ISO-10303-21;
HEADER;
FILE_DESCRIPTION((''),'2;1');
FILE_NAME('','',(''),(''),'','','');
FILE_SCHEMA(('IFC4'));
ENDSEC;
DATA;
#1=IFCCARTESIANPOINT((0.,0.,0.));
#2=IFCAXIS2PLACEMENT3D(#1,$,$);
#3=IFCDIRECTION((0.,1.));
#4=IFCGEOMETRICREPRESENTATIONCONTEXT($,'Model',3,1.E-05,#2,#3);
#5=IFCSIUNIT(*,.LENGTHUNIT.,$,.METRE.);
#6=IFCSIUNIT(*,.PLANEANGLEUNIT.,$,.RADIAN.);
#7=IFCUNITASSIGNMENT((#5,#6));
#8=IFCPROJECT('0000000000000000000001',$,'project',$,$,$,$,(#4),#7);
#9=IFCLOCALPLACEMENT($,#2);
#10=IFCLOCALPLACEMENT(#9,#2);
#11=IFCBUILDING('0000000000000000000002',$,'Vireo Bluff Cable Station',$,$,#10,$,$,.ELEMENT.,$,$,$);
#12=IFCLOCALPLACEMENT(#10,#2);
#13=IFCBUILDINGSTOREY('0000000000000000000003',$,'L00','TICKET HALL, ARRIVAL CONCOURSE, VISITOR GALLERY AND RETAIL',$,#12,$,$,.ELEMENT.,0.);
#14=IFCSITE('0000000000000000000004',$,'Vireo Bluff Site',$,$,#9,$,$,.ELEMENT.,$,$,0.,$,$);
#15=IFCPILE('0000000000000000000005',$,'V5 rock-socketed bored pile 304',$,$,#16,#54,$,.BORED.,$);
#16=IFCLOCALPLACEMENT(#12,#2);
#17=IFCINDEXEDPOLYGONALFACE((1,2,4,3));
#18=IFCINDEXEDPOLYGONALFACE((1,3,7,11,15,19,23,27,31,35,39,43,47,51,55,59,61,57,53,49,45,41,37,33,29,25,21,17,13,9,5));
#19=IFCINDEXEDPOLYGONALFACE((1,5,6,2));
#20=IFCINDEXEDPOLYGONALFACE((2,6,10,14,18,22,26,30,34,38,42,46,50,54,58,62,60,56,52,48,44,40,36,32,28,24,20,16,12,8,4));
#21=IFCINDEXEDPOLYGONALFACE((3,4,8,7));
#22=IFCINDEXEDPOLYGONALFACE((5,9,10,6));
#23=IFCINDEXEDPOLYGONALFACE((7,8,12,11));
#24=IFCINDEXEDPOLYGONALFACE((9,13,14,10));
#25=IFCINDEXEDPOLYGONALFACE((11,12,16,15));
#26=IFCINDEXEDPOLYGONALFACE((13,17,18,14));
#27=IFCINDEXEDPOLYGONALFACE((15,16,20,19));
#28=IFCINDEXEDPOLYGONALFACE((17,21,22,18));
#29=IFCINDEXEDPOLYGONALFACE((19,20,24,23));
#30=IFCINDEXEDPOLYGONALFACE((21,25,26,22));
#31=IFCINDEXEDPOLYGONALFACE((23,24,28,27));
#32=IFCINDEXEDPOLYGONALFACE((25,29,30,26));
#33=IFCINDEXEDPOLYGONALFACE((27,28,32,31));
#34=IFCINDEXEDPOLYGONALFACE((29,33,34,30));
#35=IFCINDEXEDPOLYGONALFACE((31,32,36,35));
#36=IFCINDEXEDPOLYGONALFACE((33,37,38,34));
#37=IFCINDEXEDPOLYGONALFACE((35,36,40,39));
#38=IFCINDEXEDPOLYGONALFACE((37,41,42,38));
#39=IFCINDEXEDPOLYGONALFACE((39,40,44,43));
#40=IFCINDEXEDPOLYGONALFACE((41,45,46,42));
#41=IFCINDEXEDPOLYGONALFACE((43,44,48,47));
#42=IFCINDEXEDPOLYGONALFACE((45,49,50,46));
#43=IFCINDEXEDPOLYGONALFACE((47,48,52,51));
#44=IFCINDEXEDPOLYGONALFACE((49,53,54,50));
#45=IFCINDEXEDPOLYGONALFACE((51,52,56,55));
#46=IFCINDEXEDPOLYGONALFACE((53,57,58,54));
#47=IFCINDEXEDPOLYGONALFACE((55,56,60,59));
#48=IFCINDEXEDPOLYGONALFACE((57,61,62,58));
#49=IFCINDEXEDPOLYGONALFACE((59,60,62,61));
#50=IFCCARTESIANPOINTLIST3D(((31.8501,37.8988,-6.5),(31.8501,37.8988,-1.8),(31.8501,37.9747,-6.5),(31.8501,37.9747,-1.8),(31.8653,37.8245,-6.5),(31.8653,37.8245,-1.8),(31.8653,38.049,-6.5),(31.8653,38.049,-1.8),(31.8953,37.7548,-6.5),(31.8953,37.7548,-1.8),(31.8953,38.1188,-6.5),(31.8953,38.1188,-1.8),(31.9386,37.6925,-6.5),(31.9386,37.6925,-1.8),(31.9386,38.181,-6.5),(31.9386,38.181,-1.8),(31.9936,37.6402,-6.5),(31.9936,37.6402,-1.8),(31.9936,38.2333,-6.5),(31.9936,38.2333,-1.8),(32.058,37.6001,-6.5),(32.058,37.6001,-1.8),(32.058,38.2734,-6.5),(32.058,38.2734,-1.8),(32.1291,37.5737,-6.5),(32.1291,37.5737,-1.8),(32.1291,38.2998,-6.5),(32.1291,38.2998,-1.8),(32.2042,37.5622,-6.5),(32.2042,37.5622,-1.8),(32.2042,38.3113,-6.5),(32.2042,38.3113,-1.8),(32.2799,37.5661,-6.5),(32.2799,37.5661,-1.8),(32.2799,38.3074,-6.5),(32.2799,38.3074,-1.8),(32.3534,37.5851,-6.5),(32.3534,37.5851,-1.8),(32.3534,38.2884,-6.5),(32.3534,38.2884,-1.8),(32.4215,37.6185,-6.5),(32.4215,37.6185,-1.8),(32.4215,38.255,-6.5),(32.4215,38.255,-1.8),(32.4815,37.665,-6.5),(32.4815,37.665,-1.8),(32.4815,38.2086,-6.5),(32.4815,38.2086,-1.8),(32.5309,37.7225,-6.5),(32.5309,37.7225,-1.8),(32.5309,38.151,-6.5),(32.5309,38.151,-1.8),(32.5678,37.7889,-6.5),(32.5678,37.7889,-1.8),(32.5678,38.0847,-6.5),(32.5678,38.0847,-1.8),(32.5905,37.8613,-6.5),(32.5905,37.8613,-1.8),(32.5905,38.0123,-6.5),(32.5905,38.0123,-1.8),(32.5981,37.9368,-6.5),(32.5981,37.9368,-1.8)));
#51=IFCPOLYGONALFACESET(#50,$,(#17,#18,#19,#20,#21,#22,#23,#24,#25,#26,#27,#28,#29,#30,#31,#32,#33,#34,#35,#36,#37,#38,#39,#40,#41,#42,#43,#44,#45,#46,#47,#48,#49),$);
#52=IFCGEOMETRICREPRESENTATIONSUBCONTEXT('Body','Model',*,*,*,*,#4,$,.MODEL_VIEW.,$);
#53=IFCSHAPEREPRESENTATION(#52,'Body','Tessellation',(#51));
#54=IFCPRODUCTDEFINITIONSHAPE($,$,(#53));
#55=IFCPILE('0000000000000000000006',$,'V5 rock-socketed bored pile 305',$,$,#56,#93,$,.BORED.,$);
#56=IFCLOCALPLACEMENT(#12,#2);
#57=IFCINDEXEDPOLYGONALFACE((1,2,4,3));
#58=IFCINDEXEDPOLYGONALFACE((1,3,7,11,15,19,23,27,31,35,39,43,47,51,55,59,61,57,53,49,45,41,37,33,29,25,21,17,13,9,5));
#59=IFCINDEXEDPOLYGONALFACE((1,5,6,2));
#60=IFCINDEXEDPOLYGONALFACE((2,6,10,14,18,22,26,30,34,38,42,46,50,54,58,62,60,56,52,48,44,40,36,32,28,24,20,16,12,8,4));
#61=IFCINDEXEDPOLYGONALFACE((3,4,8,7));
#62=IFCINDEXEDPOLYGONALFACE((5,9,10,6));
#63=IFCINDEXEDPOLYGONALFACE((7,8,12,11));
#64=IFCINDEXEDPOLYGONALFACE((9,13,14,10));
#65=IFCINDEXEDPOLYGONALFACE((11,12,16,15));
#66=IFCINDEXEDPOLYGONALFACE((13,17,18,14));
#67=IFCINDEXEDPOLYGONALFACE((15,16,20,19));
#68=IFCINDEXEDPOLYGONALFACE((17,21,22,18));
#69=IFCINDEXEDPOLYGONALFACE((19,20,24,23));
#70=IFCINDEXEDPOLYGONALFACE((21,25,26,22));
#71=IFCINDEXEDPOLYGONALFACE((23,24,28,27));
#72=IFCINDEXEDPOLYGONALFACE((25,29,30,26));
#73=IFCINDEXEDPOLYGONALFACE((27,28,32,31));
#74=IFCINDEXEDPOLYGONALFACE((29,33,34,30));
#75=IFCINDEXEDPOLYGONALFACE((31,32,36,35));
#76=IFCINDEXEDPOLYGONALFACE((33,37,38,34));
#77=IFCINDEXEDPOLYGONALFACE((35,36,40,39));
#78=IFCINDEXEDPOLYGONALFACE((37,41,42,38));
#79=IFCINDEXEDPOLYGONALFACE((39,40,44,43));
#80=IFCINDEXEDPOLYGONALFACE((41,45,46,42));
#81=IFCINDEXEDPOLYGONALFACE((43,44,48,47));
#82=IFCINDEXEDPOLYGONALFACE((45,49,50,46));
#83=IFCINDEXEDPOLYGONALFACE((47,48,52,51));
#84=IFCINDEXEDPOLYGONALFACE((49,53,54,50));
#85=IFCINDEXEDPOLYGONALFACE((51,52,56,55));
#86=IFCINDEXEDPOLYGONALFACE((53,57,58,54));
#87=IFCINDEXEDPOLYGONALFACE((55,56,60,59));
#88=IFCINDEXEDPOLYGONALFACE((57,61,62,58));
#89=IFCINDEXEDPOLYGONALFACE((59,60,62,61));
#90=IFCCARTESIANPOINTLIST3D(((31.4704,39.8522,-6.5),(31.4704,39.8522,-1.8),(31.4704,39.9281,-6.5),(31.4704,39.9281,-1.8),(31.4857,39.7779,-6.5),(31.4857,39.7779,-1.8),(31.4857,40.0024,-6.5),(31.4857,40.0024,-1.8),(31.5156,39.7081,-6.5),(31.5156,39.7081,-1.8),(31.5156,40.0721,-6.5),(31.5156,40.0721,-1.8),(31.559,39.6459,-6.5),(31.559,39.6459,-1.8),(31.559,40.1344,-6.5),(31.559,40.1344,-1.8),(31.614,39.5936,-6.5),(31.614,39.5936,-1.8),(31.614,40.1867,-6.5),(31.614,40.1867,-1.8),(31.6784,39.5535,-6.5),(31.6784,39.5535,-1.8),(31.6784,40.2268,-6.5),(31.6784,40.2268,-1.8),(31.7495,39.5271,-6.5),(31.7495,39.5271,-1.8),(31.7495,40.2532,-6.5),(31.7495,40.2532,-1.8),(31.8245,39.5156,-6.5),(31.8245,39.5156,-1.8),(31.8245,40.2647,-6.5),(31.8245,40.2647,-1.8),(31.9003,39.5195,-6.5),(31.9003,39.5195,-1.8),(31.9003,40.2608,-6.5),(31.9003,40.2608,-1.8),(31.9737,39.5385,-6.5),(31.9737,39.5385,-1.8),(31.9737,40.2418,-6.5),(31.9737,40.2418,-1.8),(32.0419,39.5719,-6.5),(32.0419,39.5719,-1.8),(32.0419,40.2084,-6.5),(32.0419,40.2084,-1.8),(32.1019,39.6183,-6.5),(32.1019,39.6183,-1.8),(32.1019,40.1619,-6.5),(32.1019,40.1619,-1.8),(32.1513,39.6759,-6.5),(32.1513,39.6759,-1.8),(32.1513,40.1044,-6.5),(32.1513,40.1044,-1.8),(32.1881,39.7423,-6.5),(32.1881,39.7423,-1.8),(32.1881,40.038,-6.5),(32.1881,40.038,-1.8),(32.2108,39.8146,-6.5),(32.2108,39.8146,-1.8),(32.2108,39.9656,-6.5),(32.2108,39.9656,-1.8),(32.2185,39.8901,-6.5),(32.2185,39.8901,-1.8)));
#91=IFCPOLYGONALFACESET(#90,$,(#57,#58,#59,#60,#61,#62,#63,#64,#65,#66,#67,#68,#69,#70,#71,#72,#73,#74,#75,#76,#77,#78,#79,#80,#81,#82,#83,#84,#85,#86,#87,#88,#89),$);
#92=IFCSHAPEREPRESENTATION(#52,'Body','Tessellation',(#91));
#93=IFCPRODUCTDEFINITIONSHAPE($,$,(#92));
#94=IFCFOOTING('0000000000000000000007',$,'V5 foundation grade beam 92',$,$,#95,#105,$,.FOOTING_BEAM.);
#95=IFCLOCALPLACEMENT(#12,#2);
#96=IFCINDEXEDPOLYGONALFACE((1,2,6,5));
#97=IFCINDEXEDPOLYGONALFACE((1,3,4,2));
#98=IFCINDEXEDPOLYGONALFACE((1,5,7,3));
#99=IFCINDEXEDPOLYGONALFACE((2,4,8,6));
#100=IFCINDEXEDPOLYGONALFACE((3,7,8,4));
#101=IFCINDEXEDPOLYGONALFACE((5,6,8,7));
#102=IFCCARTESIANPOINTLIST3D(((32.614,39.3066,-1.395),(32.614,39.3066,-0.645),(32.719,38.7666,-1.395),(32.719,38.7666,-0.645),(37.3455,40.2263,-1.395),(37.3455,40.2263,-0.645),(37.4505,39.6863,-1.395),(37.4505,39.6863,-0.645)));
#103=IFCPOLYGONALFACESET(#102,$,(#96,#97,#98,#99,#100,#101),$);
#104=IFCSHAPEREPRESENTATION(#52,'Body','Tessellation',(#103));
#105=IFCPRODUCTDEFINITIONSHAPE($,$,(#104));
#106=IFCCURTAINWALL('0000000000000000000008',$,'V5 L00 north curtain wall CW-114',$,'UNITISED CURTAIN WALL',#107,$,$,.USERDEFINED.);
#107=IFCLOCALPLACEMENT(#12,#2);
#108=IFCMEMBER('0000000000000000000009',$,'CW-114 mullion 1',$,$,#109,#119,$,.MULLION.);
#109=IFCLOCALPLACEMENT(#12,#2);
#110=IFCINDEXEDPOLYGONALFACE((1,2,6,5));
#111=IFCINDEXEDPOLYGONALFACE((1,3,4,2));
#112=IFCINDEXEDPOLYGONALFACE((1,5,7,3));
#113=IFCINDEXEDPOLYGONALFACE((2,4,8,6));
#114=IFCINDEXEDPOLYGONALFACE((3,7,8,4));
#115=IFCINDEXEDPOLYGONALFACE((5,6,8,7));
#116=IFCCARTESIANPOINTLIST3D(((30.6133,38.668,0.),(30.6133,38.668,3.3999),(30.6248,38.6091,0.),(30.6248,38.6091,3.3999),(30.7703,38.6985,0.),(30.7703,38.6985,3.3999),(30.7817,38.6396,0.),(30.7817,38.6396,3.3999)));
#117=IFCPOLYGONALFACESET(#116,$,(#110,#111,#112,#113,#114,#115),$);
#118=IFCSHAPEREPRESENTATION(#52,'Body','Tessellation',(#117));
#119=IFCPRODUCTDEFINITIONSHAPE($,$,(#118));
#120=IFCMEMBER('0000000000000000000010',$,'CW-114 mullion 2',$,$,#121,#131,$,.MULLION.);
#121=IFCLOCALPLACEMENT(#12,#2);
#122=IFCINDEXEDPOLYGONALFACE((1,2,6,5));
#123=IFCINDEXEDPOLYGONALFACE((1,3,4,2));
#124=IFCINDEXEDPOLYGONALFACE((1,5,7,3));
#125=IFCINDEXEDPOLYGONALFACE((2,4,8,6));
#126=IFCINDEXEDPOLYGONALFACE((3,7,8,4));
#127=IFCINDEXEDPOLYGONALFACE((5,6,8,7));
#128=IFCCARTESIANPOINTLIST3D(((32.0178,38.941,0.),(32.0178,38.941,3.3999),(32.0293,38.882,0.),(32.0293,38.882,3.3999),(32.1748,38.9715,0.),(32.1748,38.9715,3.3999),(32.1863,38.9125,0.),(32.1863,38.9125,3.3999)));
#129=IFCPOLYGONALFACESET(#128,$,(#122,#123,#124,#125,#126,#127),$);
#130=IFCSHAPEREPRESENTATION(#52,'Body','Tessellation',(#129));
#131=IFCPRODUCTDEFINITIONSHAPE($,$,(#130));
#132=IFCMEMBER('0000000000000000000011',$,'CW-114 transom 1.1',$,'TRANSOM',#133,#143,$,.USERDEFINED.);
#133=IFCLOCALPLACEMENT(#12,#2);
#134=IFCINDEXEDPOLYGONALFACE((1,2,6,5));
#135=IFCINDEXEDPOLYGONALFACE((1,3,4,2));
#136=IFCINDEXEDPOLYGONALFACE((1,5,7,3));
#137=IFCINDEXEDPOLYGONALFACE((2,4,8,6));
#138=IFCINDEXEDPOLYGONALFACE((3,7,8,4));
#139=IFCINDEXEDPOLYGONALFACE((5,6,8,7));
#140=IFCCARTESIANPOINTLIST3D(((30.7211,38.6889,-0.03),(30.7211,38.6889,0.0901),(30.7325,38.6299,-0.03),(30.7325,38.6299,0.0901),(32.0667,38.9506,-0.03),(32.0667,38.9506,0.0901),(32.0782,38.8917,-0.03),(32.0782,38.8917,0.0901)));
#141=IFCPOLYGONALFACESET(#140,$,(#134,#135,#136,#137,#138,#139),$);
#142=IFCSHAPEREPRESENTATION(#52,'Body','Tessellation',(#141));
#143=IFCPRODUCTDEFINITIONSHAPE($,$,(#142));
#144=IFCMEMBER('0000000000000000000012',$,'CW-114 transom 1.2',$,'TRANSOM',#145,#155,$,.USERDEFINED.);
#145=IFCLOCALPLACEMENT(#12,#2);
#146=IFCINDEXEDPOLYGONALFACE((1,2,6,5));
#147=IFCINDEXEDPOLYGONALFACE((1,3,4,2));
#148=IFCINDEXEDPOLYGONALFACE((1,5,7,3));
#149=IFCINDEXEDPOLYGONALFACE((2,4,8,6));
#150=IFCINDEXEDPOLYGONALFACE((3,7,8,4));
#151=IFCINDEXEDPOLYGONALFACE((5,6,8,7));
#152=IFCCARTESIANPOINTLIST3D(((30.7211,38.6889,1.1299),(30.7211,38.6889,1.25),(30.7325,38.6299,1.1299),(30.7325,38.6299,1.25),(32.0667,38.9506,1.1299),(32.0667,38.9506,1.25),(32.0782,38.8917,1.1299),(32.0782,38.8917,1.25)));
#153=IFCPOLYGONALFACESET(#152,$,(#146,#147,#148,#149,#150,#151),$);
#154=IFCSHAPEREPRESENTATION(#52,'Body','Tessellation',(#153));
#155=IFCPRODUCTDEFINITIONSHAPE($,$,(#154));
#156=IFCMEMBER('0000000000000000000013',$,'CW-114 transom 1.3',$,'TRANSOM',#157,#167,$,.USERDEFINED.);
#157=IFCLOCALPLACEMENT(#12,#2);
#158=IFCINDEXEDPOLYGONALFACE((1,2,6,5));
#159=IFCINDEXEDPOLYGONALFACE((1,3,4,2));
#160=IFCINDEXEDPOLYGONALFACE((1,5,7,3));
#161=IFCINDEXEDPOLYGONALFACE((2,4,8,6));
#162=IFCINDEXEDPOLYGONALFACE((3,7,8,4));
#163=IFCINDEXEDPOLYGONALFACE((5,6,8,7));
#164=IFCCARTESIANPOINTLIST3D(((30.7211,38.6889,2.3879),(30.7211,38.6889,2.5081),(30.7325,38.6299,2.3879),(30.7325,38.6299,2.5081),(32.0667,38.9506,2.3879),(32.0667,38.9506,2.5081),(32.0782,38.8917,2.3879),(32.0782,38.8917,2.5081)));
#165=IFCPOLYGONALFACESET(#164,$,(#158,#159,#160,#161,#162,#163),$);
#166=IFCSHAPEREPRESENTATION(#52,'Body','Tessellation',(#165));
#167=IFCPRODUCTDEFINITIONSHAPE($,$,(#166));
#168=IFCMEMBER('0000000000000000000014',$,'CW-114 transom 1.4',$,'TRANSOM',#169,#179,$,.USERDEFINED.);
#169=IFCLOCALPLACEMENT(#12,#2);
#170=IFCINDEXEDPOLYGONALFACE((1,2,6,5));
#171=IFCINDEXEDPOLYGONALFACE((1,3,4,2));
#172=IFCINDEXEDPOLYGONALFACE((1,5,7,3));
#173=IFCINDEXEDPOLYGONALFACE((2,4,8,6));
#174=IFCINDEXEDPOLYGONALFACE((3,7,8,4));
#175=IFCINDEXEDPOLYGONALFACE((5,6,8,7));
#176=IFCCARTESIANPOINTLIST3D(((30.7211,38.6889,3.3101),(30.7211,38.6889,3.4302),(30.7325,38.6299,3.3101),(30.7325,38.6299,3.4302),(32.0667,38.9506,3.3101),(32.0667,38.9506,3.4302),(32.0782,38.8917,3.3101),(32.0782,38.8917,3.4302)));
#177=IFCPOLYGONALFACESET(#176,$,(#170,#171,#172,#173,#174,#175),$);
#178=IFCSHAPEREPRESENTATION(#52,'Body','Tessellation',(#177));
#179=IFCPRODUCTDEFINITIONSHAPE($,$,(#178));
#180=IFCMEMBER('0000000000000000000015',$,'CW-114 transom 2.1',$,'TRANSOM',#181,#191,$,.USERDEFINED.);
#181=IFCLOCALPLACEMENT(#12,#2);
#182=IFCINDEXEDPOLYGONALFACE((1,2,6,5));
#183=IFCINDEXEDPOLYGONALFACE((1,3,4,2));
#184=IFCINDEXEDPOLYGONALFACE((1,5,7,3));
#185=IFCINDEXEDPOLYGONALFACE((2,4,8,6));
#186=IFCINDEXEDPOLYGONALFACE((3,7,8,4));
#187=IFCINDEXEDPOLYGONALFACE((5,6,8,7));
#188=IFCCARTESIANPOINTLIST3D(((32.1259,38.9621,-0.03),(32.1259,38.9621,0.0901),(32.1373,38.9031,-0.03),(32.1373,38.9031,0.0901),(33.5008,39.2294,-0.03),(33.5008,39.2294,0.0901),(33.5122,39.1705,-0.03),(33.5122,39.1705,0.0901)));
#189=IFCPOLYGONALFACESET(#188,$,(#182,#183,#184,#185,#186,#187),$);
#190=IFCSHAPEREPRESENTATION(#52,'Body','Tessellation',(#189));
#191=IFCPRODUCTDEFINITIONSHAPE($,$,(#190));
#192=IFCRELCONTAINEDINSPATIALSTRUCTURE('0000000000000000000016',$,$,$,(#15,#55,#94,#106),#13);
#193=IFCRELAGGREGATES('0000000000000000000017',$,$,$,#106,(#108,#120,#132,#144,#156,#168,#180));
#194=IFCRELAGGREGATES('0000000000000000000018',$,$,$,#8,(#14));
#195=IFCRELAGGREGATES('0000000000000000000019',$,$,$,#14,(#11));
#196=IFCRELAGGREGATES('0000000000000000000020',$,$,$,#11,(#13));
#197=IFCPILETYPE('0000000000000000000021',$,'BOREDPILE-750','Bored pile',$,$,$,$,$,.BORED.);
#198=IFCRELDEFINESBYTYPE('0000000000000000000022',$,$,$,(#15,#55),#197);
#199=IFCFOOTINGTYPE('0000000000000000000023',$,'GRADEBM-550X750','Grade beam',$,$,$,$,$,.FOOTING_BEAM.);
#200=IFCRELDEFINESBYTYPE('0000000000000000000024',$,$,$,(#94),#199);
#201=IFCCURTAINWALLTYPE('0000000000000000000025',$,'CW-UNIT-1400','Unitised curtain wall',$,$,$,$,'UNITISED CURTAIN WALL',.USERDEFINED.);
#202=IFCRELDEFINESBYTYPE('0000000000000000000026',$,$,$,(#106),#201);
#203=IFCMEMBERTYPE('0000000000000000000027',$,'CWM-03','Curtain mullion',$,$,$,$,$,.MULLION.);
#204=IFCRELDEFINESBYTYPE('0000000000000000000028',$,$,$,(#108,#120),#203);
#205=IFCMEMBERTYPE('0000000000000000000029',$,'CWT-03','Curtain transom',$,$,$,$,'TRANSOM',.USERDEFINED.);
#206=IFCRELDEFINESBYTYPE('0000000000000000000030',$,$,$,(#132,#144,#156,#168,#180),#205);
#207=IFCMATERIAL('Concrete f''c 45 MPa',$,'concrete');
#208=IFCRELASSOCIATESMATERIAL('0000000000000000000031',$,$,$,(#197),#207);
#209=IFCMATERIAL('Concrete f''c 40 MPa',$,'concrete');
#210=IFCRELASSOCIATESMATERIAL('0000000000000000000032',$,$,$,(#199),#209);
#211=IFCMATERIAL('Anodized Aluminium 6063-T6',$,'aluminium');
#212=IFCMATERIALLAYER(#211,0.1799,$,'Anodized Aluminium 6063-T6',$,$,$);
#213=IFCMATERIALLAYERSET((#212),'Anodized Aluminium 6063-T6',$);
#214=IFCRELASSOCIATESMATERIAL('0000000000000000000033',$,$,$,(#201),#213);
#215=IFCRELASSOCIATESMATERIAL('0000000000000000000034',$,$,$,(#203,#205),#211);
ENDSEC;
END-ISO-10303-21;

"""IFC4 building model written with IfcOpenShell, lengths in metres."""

from ifc_helpers import new_model, si_unit, direction, frame, origin, origin_2d, place, context, subcontext, project, spatial, rectangle, circle, extrude, material, layer, layer_set, material_profile, profile_set, type_object, element, aggregate, save


model = new_model("IFC4")

# Units and contexts
model_context = context("Model", 3, precision=1e-05, world=origin(), true_north=direction((0.0, 1.0)))
body_context = subcontext(model_context, "Body", "Model", "MODEL_VIEW")
ifc_project = project(units=[si_unit("LENGTHUNIT", "METRE"), si_unit("PLANEANGLEUNIT", "RADIAN")], contexts=[model_context])

# Site, building, storey
site_placement = place(None, origin())
site = spatial("IfcSite", under=ifc_project, at=site_placement, Name="Vireo Bluff Site", CompositionType="ELEMENT", RefElevation=0.0)
building_placement = place(site_placement, origin())
building = spatial("IfcBuilding", under=site, at=building_placement, Name="Vireo Bluff Cable Station", CompositionType="ELEMENT")
storey_placement = place(building_placement, origin())
storey = spatial("IfcBuildingStorey", under=building, at=storey_placement, Name="L00", Description="TICKET HALL, ARRIVAL CONCOURSE, VISITOR GALLERY AND RETAIL", CompositionType="ELEMENT", Elevation=0.0)

# Piles
ifc_material_1 = material(Name="Concrete f'c 45 MPa", Category="concrete")
ifc_material_profile_1 = material_profile(ifc_material_1, circle(Radius=0.375, at=origin_2d()), Name="BOREDPILE-750")
ifc_profile_set_1 = profile_set([ifc_material_profile_1], Name="Concrete f'c 45 MPa")
pile_type = type_object("IfcPileType", Name="BOREDPILE-750", Description="Bored pile", PredefinedType="BORED", material=ifc_profile_set_1)
for number, where, z_axis, x_axis, name in (
    (1, (32.2231, 37.9368, -1.8), (0.0, 0.0, -1.0), (1.0, 0.0, 0.0), "V5 rock-socketed bored pile 304"),
    (2, (31.8435, 39.8901, -1.8), (0.0, 0.0, -1.0), (1.0, 0.0, 0.0), "V5 rock-socketed bored pile 305"),
):
    element("IfcPile", number, at=place(storey_placement, frame(where, z_axis=z_axis, x_axis=x_axis)), inside=storey, type_object=pile_type, Name=name, PredefinedType="BORED", context=body_context, shape_type="SweptSolid", body=[
        extrude(circle(Radius=0.375, at=origin_2d()), origin(), (0.0, 0.0, 1.0), 4.7),
    ])

# Footing
ifc_material_2 = material(Name="Concrete f'c 40 MPa", Category="concrete")
ifc_material_profile_2 = material_profile(ifc_material_2, rectangle(XDim=0.55, YDim=0.75, at=origin_2d()), Name="GRADEBM-550X750")
ifc_profile_set_2 = profile_set([ifc_material_profile_2], Name="Concrete f'c 40 MPa")
footing_type = type_object("IfcFootingType", Name="GRADEBM-550X750", Description="Grade beam", PredefinedType="FOOTING_BEAM", material=ifc_profile_set_2)
footing_placement = place(storey_placement, frame((32.6665, 39.0366, -1.02), z_axis=(0.981628, 0.190805, 0.0), x_axis=(-0.190805, 0.981628, 0.0)))
element("IfcFooting", 3, at=footing_placement, inside=storey, type_object=footing_type, Name="V5 foundation grade beam 92", PredefinedType="FOOTING_BEAM", context=body_context, shape_type="SweptSolid", body=[
    extrude(rectangle(XDim=0.55, YDim=0.75, at=origin_2d()), origin(), (0.0, 0.0, 1.0), 4.8201),
])

# Curtain wall, members
ifc_material_3 = material(Name="Anodized Aluminium 6063-T6", Category="aluminium")
ifc_layer_1 = layer(ifc_material_3, 0.1799, Name="Anodized Aluminium 6063-T6")
ifc_layer_set_1 = layer_set([ifc_layer_1], Name="Anodized Aluminium 6063-T6")
curtain_wall_type = type_object("IfcCurtainWallType", Name="CW-UNIT-1400", Description="Unitised curtain wall", ElementType="UNITISED CURTAIN WALL", PredefinedType="USERDEFINED", material=ifc_layer_set_1)
curtain_wall_placement = place(storey_placement, origin())
curtain_wall = element("IfcCurtainWall", 4, at=curtain_wall_placement, inside=storey, type_object=curtain_wall_type, Name="V5 L00 north curtain wall CW-114", ObjectType="UNITISED CURTAIN WALL", PredefinedType="USERDEFINED")
ifc_material_profile_3 = material_profile(ifc_material_3, rectangle(XDim=0.0601, YDim=0.1599, at=origin_2d()), Name="ALU-M-60X160")
ifc_profile_set_3 = profile_set([ifc_material_profile_3], Name="Anodized Aluminium 6063-T6")
member_type_1 = type_object("IfcMemberType", Name="CWM-03", Description="Curtain mullion", PredefinedType="MULLION", material=ifc_profile_set_3)
member_1_placement = place(storey_placement, frame((30.6975, 38.6538, 0.0), z_axis=(0.0, 0.0, 1.0), x_axis=(-0.190809, 0.981627, 0.0)))
member_1 = element("IfcMember", 5, at=member_1_placement, type_object=member_type_1, Name="CW-114 mullion 1", PredefinedType="MULLION", context=body_context, shape_type="SweptSolid", body=[
    extrude(rectangle(XDim=0.0601, YDim=0.1599, at=origin_2d()), origin(), (0.0, 0.0, 1.0), 3.3999),
])
member_2_placement = place(storey_placement, frame((32.1021, 38.9268, 0.0), z_axis=(0.0, 0.0, 1.0), x_axis=(-0.190809, 0.981627, 0.0)))
member_2 = element("IfcMember", 6, at=member_2_placement, type_object=member_type_1, Name="CW-114 mullion 2", PredefinedType="MULLION", context=body_context, shape_type="SweptSolid", body=[
    extrude(rectangle(XDim=0.0601, YDim=0.1599, at=origin_2d()), origin(), (0.0, 0.0, 1.0), 3.3999),
])
ifc_material_profile_4 = material_profile(ifc_material_3, rectangle(XDim=0.0601, YDim=0.1201, at=origin_2d()), Name="ALU-T-60X120")
ifc_profile_set_4 = profile_set([ifc_material_profile_4], Name="Anodized Aluminium 6063-T6")
member_type_2 = type_object("IfcMemberType", Name="CWT-03", Description="Curtain transom", ElementType="TRANSOM", PredefinedType="USERDEFINED", material=ifc_profile_set_4)
member_3_placement = place(storey_placement, frame((30.7268, 38.6594, 0.03), z_axis=(0.981608, 0.190908, 0.0), x_axis=(-0.190908, 0.981608, 0.0)))
member_3 = element("IfcMember", 7, at=member_3_placement, type_object=member_type_2, Name="CW-114 transom 1.1", ObjectType="TRANSOM", PredefinedType="USERDEFINED", context=body_context, shape_type="SweptSolid", body=[
    extrude(rectangle(XDim=0.0601, YDim=0.1201, at=origin_2d()), origin(), (0.0, 0.0, 1.0), 1.3708),
])
member_4_placement = place(storey_placement, frame((30.7268, 38.6594, 1.1899), z_axis=(0.981608, 0.190908, 0.0), x_axis=(-0.190908, 0.981608, 0.0)))
member_4 = element("IfcMember", 8, at=member_4_placement, type_object=member_type_2, Name="CW-114 transom 1.2", ObjectType="TRANSOM", PredefinedType="USERDEFINED", context=body_context, shape_type="SweptSolid", body=[
    extrude(rectangle(XDim=0.0601, YDim=0.1201, at=origin_2d()), origin(), (0.0, 0.0, 1.0), 1.3708),
])
member_5_placement = place(storey_placement, frame((30.7268, 38.6594, 2.448), z_axis=(0.981608, 0.190908, 0.0), x_axis=(-0.190908, 0.981608, 0.0)))
member_5 = element("IfcMember", 9, at=member_5_placement, type_object=member_type_2, Name="CW-114 transom 1.3", ObjectType="TRANSOM", PredefinedType="USERDEFINED", context=body_context, shape_type="SweptSolid", body=[
    extrude(rectangle(XDim=0.0601, YDim=0.1201, at=origin_2d()), origin(), (0.0, 0.0, 1.0), 1.3708),
])
member_6_placement = place(storey_placement, frame((30.7268, 38.6594, 3.3701), z_axis=(0.981608, 0.190908, 0.0), x_axis=(-0.190908, 0.981608, 0.0)))
member_6 = element("IfcMember", 10, at=member_6_placement, type_object=member_type_2, Name="CW-114 transom 1.4", ObjectType="TRANSOM", PredefinedType="USERDEFINED", context=body_context, shape_type="SweptSolid", body=[
    extrude(rectangle(XDim=0.0601, YDim=0.1201, at=origin_2d()), origin(), (0.0, 0.0, 1.0), 1.3708),
])
member_7_placement = place(storey_placement, frame((32.1316, 38.9326, 0.03), z_axis=(0.981619, 0.190851, 0.0), x_axis=(-0.190851, 0.981619, 0.0)))
member_7 = element("IfcMember", 11, at=member_7_placement, type_object=member_type_2, Name="CW-114 transom 2.1", ObjectType="TRANSOM", PredefinedType="USERDEFINED", context=body_context, shape_type="SweptSolid", body=[
    extrude(rectangle(XDim=0.0601, YDim=0.1201, at=origin_2d()), origin(), (0.0, 0.0, 1.0), 1.4006),
])

aggregate(curtain_wall, [member_1, member_2, member_3, member_4, member_5, member_6, member_7])

save(model, "model.ifc")
